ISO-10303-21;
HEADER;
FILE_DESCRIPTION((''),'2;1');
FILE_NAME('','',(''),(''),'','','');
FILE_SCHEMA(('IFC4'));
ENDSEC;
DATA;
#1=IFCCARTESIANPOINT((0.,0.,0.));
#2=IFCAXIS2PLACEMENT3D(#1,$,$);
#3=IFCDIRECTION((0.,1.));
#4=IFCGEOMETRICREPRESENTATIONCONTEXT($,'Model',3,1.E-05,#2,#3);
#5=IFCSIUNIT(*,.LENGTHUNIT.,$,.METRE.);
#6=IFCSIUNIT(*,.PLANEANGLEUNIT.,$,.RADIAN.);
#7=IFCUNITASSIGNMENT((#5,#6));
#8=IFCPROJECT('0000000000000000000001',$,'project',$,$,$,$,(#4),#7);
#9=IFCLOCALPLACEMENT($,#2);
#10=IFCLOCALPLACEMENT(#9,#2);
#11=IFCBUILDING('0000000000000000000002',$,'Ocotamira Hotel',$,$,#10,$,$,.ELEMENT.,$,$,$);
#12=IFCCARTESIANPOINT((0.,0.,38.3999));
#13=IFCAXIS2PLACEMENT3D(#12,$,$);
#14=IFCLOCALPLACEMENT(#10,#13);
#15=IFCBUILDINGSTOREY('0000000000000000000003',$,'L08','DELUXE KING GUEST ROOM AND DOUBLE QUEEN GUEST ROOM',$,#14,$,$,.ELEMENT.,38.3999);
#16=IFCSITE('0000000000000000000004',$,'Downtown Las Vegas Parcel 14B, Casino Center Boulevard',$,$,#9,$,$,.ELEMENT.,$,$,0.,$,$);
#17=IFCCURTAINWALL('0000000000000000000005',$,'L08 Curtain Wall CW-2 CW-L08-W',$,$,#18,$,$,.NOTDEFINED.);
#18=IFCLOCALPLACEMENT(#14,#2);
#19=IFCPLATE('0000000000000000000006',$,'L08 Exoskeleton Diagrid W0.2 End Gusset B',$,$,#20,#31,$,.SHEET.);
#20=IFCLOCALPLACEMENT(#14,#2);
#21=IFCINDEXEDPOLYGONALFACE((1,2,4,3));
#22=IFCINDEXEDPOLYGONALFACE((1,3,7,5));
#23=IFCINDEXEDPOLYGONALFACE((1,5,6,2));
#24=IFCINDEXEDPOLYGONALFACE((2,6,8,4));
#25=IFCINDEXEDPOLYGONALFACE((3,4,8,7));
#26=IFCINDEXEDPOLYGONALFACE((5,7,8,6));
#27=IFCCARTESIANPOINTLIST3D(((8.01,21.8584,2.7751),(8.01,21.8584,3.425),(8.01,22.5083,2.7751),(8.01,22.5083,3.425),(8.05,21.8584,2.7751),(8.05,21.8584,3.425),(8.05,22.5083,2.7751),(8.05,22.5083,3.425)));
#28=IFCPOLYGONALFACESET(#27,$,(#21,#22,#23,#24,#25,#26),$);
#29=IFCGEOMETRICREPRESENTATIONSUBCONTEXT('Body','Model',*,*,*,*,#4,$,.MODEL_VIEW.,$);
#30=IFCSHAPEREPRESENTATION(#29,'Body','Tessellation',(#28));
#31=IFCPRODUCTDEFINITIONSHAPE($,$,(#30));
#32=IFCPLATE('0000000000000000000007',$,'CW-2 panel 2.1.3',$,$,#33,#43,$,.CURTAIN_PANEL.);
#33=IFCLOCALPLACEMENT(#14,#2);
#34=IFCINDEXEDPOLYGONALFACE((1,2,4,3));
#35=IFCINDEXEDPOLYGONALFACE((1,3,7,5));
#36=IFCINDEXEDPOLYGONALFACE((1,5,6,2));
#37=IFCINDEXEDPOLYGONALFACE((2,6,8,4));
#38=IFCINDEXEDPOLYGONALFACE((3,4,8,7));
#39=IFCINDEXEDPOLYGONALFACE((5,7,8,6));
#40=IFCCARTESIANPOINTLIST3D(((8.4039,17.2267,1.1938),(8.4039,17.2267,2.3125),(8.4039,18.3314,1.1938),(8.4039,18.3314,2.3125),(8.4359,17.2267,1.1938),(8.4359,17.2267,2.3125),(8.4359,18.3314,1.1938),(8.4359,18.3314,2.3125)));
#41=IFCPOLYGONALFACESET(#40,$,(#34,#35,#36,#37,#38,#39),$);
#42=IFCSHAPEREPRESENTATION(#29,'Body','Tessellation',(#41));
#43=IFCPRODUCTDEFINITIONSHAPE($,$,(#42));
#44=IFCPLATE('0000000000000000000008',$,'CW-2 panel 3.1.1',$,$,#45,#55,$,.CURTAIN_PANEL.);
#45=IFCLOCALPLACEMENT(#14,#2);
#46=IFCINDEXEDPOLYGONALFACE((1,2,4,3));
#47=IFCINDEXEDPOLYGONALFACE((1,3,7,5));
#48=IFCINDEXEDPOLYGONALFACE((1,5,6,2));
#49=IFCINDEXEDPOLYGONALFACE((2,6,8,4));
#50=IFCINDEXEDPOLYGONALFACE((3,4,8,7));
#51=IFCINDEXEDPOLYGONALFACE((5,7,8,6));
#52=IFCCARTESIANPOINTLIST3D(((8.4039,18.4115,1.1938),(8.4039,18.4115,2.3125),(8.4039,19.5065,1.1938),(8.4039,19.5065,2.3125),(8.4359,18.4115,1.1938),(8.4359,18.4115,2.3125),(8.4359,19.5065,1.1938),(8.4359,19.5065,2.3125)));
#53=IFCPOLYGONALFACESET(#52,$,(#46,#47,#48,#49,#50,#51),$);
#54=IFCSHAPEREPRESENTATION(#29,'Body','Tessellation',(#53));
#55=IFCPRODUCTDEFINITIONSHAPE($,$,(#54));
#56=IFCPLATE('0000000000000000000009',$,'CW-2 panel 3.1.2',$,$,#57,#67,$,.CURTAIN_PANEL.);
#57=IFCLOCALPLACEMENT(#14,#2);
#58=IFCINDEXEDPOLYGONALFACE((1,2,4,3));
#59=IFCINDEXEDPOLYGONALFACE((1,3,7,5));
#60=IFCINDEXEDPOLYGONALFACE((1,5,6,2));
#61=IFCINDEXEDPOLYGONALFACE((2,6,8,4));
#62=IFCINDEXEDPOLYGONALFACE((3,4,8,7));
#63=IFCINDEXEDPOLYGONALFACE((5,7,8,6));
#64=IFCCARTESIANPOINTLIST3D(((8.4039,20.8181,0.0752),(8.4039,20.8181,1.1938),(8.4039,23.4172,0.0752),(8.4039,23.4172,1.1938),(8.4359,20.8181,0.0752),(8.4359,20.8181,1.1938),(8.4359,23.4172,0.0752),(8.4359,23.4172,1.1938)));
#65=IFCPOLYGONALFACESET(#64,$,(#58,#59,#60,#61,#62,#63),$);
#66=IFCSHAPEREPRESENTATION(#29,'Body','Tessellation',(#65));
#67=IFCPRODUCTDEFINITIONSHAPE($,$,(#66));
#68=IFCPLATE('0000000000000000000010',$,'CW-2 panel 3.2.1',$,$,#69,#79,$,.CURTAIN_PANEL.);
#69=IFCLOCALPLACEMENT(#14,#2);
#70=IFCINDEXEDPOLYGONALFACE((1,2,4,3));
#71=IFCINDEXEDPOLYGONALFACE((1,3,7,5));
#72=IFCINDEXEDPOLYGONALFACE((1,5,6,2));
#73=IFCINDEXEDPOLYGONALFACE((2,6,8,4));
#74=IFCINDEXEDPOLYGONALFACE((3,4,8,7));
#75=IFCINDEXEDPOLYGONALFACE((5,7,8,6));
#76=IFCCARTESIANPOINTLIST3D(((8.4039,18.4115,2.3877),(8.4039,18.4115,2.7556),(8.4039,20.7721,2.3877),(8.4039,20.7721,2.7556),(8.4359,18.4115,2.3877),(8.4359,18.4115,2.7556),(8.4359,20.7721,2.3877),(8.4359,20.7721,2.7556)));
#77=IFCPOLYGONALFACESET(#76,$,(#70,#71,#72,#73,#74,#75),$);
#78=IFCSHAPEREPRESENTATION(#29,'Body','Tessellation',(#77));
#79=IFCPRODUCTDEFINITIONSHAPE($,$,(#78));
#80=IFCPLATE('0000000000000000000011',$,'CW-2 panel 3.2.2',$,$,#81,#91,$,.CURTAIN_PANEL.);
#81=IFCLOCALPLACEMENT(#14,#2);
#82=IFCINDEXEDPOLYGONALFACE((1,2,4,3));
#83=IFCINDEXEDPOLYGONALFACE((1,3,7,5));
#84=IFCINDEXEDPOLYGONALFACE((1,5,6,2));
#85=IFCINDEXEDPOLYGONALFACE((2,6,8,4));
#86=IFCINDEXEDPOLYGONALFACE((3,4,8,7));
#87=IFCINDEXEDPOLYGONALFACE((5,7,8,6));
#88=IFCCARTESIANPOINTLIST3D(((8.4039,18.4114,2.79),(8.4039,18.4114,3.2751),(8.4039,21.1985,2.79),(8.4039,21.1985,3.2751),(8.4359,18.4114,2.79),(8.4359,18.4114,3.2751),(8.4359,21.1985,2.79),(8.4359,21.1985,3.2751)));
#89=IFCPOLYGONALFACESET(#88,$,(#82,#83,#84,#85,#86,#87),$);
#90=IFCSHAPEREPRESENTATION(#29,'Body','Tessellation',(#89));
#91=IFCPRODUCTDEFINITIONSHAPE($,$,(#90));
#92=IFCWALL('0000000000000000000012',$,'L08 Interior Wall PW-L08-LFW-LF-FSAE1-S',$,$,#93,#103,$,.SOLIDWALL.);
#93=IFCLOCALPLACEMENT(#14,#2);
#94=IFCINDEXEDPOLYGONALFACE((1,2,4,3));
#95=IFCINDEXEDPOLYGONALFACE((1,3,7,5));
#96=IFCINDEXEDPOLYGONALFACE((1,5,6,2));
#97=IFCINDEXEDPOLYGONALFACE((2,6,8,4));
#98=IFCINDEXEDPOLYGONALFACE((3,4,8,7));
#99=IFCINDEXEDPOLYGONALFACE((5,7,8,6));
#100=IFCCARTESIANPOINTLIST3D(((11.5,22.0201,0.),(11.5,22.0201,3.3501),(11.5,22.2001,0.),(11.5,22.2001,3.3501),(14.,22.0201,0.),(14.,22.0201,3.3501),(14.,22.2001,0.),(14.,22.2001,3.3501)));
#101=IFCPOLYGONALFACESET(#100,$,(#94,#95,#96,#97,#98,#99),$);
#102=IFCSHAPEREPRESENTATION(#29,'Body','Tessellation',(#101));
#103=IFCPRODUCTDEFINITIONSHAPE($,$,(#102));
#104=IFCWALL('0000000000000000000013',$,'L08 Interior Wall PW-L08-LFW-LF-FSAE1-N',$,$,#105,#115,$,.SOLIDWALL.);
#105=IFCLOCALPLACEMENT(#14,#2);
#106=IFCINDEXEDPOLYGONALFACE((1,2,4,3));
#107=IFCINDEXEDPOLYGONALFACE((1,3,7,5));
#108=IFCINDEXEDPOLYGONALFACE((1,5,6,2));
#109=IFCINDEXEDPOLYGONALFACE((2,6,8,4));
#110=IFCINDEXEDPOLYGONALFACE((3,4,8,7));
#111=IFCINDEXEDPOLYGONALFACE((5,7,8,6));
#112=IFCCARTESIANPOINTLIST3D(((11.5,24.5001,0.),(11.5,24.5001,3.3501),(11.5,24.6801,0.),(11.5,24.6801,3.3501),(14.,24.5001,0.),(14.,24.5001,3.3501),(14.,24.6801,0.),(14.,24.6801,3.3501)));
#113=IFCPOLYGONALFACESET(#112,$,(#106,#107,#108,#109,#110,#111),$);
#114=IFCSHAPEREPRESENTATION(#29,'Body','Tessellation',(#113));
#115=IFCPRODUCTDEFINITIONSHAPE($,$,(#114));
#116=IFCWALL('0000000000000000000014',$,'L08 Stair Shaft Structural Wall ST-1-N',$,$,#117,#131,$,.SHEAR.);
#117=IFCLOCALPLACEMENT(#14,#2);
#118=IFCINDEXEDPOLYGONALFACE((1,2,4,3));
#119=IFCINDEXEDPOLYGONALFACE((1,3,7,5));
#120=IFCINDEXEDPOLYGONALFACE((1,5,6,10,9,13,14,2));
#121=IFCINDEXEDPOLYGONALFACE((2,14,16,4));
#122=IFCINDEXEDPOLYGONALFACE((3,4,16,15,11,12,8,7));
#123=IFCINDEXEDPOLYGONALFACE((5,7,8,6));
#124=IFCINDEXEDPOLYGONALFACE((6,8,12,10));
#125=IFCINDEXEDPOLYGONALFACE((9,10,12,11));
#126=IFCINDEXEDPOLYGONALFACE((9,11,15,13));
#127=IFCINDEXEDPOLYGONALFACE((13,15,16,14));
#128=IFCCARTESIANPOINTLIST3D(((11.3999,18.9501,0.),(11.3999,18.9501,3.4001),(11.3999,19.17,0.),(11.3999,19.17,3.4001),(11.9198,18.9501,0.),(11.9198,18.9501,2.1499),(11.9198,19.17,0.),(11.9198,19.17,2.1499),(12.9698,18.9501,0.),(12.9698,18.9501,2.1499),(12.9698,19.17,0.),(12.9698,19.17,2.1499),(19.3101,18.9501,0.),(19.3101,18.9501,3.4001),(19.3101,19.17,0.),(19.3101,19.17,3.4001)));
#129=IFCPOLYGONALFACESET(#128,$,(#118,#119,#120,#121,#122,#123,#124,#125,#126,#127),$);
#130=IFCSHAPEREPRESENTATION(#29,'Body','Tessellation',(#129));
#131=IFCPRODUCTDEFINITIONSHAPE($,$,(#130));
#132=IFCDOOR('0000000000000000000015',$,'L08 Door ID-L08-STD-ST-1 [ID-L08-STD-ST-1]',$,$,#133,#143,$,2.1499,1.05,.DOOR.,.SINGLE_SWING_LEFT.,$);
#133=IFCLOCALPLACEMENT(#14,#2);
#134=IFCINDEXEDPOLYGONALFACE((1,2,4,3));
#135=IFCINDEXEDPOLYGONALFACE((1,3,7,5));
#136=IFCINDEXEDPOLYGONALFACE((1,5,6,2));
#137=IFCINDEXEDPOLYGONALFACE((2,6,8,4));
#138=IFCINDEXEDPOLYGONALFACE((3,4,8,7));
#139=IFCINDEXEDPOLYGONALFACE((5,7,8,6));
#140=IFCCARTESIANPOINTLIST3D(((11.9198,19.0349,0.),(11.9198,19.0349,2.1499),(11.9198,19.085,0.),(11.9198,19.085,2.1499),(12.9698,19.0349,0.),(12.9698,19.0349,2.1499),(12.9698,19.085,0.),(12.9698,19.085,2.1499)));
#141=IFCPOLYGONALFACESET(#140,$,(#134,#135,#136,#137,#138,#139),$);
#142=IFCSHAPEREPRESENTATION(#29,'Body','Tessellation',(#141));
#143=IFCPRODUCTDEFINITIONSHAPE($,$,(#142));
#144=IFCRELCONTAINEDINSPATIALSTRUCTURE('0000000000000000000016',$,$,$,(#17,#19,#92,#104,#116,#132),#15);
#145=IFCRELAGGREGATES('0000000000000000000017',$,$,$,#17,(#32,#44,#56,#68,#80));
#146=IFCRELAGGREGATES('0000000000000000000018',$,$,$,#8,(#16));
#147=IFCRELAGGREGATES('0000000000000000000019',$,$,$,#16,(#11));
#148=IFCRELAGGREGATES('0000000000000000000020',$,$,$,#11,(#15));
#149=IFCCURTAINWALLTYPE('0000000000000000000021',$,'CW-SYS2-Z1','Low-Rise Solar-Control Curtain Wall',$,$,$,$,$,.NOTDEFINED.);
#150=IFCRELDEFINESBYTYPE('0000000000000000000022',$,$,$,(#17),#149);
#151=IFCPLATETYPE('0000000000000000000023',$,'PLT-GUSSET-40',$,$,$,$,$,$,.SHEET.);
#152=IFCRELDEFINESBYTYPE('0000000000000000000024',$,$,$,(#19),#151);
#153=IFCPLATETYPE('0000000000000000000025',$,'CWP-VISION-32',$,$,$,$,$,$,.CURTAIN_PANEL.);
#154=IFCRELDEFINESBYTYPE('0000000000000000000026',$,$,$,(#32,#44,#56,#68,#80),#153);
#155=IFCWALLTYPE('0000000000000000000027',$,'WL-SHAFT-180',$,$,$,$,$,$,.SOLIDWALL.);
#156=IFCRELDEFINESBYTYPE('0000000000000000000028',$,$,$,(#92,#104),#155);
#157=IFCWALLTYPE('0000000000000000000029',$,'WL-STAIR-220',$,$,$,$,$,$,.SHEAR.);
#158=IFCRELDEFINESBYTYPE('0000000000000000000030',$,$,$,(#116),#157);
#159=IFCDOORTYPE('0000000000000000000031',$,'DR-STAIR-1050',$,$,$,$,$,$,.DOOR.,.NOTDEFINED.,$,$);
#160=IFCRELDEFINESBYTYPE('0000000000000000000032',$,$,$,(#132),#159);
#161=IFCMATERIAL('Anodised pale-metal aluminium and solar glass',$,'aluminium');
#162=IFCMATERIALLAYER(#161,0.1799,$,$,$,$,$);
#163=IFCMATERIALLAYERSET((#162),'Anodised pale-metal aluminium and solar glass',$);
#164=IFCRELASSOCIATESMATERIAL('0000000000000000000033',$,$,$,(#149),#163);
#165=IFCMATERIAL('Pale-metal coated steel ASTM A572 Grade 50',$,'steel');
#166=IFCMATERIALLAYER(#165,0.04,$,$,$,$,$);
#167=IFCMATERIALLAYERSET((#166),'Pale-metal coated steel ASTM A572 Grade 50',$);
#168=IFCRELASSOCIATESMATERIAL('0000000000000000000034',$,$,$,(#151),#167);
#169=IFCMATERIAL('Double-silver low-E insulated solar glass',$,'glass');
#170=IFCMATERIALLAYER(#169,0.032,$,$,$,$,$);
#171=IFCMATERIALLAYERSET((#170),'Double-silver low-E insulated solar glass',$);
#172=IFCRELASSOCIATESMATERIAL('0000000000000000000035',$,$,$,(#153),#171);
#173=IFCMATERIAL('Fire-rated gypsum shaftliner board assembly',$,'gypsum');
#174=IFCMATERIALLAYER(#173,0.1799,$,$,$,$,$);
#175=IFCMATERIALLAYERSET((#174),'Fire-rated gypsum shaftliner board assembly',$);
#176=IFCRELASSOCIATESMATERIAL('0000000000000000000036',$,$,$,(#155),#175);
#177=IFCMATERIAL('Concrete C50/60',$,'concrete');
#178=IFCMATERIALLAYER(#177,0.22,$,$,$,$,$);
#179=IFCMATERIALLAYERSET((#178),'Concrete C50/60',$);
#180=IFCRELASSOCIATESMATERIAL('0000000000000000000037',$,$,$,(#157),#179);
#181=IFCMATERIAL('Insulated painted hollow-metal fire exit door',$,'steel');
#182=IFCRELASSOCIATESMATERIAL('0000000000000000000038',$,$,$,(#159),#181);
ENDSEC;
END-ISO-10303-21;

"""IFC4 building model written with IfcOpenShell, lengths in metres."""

from ifc_helpers import new_model, si_unit, direction, frame, frame_2d, origin, origin_2d, place, context, subcontext, project, spatial, rectangle, extrude, source, transform, mapped, material, layer, layer_set, type_object, element, fill, aggregate, save


model = new_model("IFC4")

# Units and contexts
model_context = context("Model", 3, precision=1e-05, world=origin(), true_north=direction((0.0, 1.0)))
body_context = subcontext(model_context, "Body", "Model", "MODEL_VIEW")
ifc_project = project(units=[si_unit("LENGTHUNIT", "METRE"), si_unit("PLANEANGLEUNIT", "RADIAN")], contexts=[model_context])

# Site, building, storey
site_placement = place(None, origin())
site = spatial("IfcSite", under=ifc_project, at=site_placement, Name="Downtown Las Vegas Parcel 14B, Casino Center Boulevard", CompositionType="ELEMENT", RefElevation=0.0)
building_placement = place(site_placement, origin())
building = spatial("IfcBuilding", under=site, at=building_placement, Name="Ocotamira Hotel", CompositionType="ELEMENT")
storey_placement = place(building_placement, frame((0.0, 0.0, 38.3999)))
storey = spatial("IfcBuildingStorey", under=building, at=storey_placement, Name="L08", Description="DELUXE KING GUEST ROOM AND DOUBLE QUEEN GUEST ROOM", CompositionType="ELEMENT", Elevation=38.3999)

# Curtain wall
ifc_material_1 = material(Name="Anodised pale-metal aluminium and solar glass", Category="aluminium")
ifc_layer_1 = layer(ifc_material_1, 0.1799)
ifc_layer_set_1 = layer_set([ifc_layer_1], Name="Anodised pale-metal aluminium and solar glass")
curtain_wall_type = type_object("IfcCurtainWallType", Name="CW-SYS2-Z1", Description="Low-Rise Solar-Control Curtain Wall", PredefinedType="NOTDEFINED", material=ifc_layer_set_1)
curtain_wall_placement = place(storey_placement, origin())
curtain_wall = element("IfcCurtainWall", 1, at=curtain_wall_placement, inside=storey, type_object=curtain_wall_type, Name="L08 Curtain Wall CW-2 CW-L08-W", PredefinedType="NOTDEFINED")

# Plates
ifc_material_2 = material(Name="Pale-metal coated steel ASTM A572 Grade 50", Category="steel")
ifc_layer_2 = layer(ifc_material_2, 0.04)
ifc_layer_set_2 = layer_set([ifc_layer_2], Name="Pale-metal coated steel ASTM A572 Grade 50")
plate_type_1 = type_object("IfcPlateType", Name="PLT-GUSSET-40", PredefinedType="SHEET", material=ifc_layer_set_2)
shared_shape_1 = source(origin(), body_context, "Body", "SweptSolid", [
    extrude(rectangle(XDim=0.04, YDim=0.6499, at=origin_2d()), origin(), (0.0, 0.0, 1.0), 0.6499),
])
plate_1_placement = place(storey_placement, frame((8.03, 22.1833, 2.7751), z_axis=(0.0, 0.0, 1.0), x_axis=(1.0, 0.0, 0.0)))
element("IfcPlate", 2, at=plate_1_placement, inside=storey, type_object=plate_type_1, Name="L08 Exoskeleton Diagrid W0.2 End Gusset B", PredefinedType="SHEET", context=body_context, shape_type="MappedRepresentation", body=[
    mapped(shared_shape_1, transform((0.0, 0.0, 0.0), scale=1.0)),
])
ifc_material_3 = material(Name="Double-silver low-E insulated solar glass", Category="glass")
ifc_layer_3 = layer(ifc_material_3, 0.032)
ifc_layer_set_3 = layer_set([ifc_layer_3], Name="Double-silver low-E insulated solar glass")
plate_type_2 = type_object("IfcPlateType", Name="CWP-VISION-32", PredefinedType="CURTAIN_PANEL", material=ifc_layer_set_3)
shared_shape_2 = source(origin(), body_context, "Body", "SweptSolid", [
    extrude(rectangle(XDim=1.1047, YDim=0.032, at=origin_2d()), origin(), (0.0, 0.0, 1.0), 1.1187),
])
plate_2_placement = place(storey_placement, frame((8.4199, 17.7791, 1.1938), z_axis=(0.0, 0.0, 1.0), x_axis=(0.0, 1.0, 0.0)))
plate_2 = element("IfcPlate", 3, at=plate_2_placement, type_object=plate_type_2, Name="CW-2 panel 2.1.3", PredefinedType="CURTAIN_PANEL", context=body_context, shape_type="MappedRepresentation", body=[
    mapped(shared_shape_2, transform((0.0, 0.0, 0.0), scale=1.0)),
])
shared_shape_3 = source(origin(), body_context, "Body", "SweptSolid", [
    extrude(rectangle(XDim=1.095, YDim=0.032, at=origin_2d()), origin(), (0.0, 0.0, 1.0), 1.1187),
])
plate_3_placement = place(storey_placement, frame((8.4199, 18.959, 1.1938), z_axis=(0.0, 0.0, 1.0), x_axis=(0.0, 1.0, 0.0)))
plate_3 = element("IfcPlate", 4, at=plate_3_placement, type_object=plate_type_2, Name="CW-2 panel 3.1.1", PredefinedType="CURTAIN_PANEL", context=body_context, shape_type="MappedRepresentation", body=[
    mapped(shared_shape_3, transform((0.0, 0.0, 0.0), scale=1.0)),
])
shared_shape_4 = source(origin(), body_context, "Body", "SweptSolid", [
    extrude(rectangle(XDim=2.5991, YDim=0.032, at=origin_2d()), origin(), (0.0, 0.0, 1.0), 1.1187),
])
plate_4_placement = place(storey_placement, frame((8.4199, 22.1177, 0.0752), z_axis=(0.0, 0.0, 1.0), x_axis=(0.0, 1.0, 0.0)))
plate_4 = element("IfcPlate", 5, at=plate_4_placement, type_object=plate_type_2, Name="CW-2 panel 3.1.2", PredefinedType="CURTAIN_PANEL", context=body_context, shape_type="MappedRepresentation", body=[
    mapped(shared_shape_4, transform((0.0, 0.0, 0.0), scale=1.0)),
])
shared_shape_5 = source(origin(), body_context, "Body", "SweptSolid", [
    extrude(rectangle(XDim=2.3606, YDim=0.032, at=origin_2d()), origin(), (0.0, 0.0, 1.0), 0.3679),
])
plate_5_placement = place(storey_placement, frame((8.4199, 19.5918, 2.3877), z_axis=(0.0, 0.0, 1.0), x_axis=(0.0, 1.0, 0.0)))
plate_5 = element("IfcPlate", 6, at=plate_5_placement, type_object=plate_type_2, Name="CW-2 panel 3.2.1", PredefinedType="CURTAIN_PANEL", context=body_context, shape_type="MappedRepresentation", body=[
    mapped(shared_shape_5, transform((0.0, 0.0, 0.0), scale=1.0)),
])
shared_shape_6 = source(origin(), body_context, "Body", "SweptSolid", [
    extrude(rectangle(XDim=2.7871, YDim=0.032, at=origin_2d()), origin(), (0.0, 0.0, 1.0), 0.4851),
])
plate_6_placement = place(storey_placement, frame((8.4199, 19.8049, 2.79), z_axis=(0.0, 0.0, 1.0), x_axis=(0.0, 1.0, 0.0)))
plate_6 = element("IfcPlate", 7, at=plate_6_placement, type_object=plate_type_2, Name="CW-2 panel 3.2.2", PredefinedType="CURTAIN_PANEL", context=body_context, shape_type="MappedRepresentation", body=[
    mapped(shared_shape_6, transform((0.0, 0.0, 0.0), scale=1.0)),
])
aggregate(curtain_wall, [plate_2, plate_3, plate_4, plate_5, plate_6])

# Walls
ifc_material_4 = material(Name="Fire-rated gypsum shaftliner board assembly", Category="gypsum")
ifc_layer_4 = layer(ifc_material_4, 0.1799)
ifc_layer_set_4 = layer_set([ifc_layer_4], Name="Fire-rated gypsum shaftliner board assembly")
wall_type_1 = type_object("IfcWallType", Name="WL-SHAFT-180", PredefinedType="SOLIDWALL", material=ifc_layer_set_4)
for number, where, z_axis, x_axis, name in (
    (8, (11.5, 22.1101, 0.0), (0.0, 0.0, 1.0), (1.0, 0.0, 0.0), "L08 Interior Wall PW-L08-LFW-LF-FSAE1-S"),
    (9, (11.5, 24.5901, 0.0), (0.0, 0.0, 1.0), (1.0, 0.0, 0.0), "L08 Interior Wall PW-L08-LFW-LF-FSAE1-N"),
):
    element("IfcWall", number, at=place(storey_placement, frame(where, z_axis=z_axis, x_axis=x_axis)), inside=storey, type_object=wall_type_1, Name=name, PredefinedType="SOLIDWALL", context=body_context, shape_type="SweptSolid", body=[
        extrude(rectangle(XDim=2.5, YDim=0.1799, at=frame_2d((1.25, 0.0))), origin(), (0.0, 0.0, 1.0), 3.3501),
    ])

# Wall, opening, door
ifc_material_5 = material(Name="Concrete C50/60", Category="concrete")
ifc_layer_5 = layer(ifc_material_5, 0.22)
ifc_layer_set_5 = layer_set([ifc_layer_5], Name="Concrete C50/60")
wall_type_2 = type_object("IfcWallType", Name="WL-STAIR-220", PredefinedType="SHEAR", material=ifc_layer_set_5)
wall_placement = place(storey_placement, frame((11.3999, 19.0601, 0.0), z_axis=(0.0, 0.0, 1.0), x_axis=(1.0, 0.0, 0.0)))
wall = element("IfcWall", 10, at=wall_placement, inside=storey, type_object=wall_type_2, Name="L08 Stair Shaft Structural Wall ST-1-N", PredefinedType="SHEAR", context=body_context, shape_type="SweptSolid", body=[
    extrude(rectangle(XDim=7.9102, YDim=0.22, at=frame_2d((3.9551, 0.0))), origin(), (0.0, 0.0, 1.0), 3.4001),
])
opening_placement = place(wall_placement, frame((0.52, 0.0, 0.0)))
opening = element("IfcOpeningElement", 11, at=opening_placement, cuts=wall, PredefinedType="OPENING", context=body_context, shape_type="SweptSolid", body=[
    extrude(rectangle(XDim=1.05, YDim=2.1499, at=frame_2d((0.5249, 1.075))), frame((0.0, 0.1201, 0.0), z_axis=(0.0, -1.0, 0.0), x_axis=(1.0, 0.0, 0.0)), (0.0, 0.0, 1.0), 0.24),
])
ifc_material_6 = material(Name="Insulated painted hollow-metal fire exit door", Category="steel")
door_type = type_object("IfcDoorType", Name="DR-STAIR-1050", OperationType="NOTDEFINED", PredefinedType="DOOR", material=ifc_material_6)
shared_shape_7 = source(origin(), body_context, "Body", "SweptSolid", [
    extrude(rectangle(XDim=1.05, YDim=2.1499, at=frame_2d((0.5249, 1.075))), frame((0.0, 0.0249, 0.0), z_axis=(0.0, -1.0, 0.0), x_axis=(1.0, 0.0, 0.0)), (0.0, 0.0, 1.0), 0.05),
])
door_placement = place(opening_placement, origin())
door = element("IfcDoor", 12, at=door_placement, inside=storey, type_object=door_type, Name="L08 Door ID-L08-STD-ST-1 [ID-L08-STD-ST-1]", OperationType="SINGLE_SWING_LEFT", OverallHeight=2.1499, OverallWidth=1.05, PredefinedType="DOOR", context=body_context, shape_type="MappedRepresentation", body=[
    mapped(shared_shape_7, transform((0.0, 0.0, 0.0), scale=1.0)),
])
fill(opening, door)

save(model, "model.ifc")
